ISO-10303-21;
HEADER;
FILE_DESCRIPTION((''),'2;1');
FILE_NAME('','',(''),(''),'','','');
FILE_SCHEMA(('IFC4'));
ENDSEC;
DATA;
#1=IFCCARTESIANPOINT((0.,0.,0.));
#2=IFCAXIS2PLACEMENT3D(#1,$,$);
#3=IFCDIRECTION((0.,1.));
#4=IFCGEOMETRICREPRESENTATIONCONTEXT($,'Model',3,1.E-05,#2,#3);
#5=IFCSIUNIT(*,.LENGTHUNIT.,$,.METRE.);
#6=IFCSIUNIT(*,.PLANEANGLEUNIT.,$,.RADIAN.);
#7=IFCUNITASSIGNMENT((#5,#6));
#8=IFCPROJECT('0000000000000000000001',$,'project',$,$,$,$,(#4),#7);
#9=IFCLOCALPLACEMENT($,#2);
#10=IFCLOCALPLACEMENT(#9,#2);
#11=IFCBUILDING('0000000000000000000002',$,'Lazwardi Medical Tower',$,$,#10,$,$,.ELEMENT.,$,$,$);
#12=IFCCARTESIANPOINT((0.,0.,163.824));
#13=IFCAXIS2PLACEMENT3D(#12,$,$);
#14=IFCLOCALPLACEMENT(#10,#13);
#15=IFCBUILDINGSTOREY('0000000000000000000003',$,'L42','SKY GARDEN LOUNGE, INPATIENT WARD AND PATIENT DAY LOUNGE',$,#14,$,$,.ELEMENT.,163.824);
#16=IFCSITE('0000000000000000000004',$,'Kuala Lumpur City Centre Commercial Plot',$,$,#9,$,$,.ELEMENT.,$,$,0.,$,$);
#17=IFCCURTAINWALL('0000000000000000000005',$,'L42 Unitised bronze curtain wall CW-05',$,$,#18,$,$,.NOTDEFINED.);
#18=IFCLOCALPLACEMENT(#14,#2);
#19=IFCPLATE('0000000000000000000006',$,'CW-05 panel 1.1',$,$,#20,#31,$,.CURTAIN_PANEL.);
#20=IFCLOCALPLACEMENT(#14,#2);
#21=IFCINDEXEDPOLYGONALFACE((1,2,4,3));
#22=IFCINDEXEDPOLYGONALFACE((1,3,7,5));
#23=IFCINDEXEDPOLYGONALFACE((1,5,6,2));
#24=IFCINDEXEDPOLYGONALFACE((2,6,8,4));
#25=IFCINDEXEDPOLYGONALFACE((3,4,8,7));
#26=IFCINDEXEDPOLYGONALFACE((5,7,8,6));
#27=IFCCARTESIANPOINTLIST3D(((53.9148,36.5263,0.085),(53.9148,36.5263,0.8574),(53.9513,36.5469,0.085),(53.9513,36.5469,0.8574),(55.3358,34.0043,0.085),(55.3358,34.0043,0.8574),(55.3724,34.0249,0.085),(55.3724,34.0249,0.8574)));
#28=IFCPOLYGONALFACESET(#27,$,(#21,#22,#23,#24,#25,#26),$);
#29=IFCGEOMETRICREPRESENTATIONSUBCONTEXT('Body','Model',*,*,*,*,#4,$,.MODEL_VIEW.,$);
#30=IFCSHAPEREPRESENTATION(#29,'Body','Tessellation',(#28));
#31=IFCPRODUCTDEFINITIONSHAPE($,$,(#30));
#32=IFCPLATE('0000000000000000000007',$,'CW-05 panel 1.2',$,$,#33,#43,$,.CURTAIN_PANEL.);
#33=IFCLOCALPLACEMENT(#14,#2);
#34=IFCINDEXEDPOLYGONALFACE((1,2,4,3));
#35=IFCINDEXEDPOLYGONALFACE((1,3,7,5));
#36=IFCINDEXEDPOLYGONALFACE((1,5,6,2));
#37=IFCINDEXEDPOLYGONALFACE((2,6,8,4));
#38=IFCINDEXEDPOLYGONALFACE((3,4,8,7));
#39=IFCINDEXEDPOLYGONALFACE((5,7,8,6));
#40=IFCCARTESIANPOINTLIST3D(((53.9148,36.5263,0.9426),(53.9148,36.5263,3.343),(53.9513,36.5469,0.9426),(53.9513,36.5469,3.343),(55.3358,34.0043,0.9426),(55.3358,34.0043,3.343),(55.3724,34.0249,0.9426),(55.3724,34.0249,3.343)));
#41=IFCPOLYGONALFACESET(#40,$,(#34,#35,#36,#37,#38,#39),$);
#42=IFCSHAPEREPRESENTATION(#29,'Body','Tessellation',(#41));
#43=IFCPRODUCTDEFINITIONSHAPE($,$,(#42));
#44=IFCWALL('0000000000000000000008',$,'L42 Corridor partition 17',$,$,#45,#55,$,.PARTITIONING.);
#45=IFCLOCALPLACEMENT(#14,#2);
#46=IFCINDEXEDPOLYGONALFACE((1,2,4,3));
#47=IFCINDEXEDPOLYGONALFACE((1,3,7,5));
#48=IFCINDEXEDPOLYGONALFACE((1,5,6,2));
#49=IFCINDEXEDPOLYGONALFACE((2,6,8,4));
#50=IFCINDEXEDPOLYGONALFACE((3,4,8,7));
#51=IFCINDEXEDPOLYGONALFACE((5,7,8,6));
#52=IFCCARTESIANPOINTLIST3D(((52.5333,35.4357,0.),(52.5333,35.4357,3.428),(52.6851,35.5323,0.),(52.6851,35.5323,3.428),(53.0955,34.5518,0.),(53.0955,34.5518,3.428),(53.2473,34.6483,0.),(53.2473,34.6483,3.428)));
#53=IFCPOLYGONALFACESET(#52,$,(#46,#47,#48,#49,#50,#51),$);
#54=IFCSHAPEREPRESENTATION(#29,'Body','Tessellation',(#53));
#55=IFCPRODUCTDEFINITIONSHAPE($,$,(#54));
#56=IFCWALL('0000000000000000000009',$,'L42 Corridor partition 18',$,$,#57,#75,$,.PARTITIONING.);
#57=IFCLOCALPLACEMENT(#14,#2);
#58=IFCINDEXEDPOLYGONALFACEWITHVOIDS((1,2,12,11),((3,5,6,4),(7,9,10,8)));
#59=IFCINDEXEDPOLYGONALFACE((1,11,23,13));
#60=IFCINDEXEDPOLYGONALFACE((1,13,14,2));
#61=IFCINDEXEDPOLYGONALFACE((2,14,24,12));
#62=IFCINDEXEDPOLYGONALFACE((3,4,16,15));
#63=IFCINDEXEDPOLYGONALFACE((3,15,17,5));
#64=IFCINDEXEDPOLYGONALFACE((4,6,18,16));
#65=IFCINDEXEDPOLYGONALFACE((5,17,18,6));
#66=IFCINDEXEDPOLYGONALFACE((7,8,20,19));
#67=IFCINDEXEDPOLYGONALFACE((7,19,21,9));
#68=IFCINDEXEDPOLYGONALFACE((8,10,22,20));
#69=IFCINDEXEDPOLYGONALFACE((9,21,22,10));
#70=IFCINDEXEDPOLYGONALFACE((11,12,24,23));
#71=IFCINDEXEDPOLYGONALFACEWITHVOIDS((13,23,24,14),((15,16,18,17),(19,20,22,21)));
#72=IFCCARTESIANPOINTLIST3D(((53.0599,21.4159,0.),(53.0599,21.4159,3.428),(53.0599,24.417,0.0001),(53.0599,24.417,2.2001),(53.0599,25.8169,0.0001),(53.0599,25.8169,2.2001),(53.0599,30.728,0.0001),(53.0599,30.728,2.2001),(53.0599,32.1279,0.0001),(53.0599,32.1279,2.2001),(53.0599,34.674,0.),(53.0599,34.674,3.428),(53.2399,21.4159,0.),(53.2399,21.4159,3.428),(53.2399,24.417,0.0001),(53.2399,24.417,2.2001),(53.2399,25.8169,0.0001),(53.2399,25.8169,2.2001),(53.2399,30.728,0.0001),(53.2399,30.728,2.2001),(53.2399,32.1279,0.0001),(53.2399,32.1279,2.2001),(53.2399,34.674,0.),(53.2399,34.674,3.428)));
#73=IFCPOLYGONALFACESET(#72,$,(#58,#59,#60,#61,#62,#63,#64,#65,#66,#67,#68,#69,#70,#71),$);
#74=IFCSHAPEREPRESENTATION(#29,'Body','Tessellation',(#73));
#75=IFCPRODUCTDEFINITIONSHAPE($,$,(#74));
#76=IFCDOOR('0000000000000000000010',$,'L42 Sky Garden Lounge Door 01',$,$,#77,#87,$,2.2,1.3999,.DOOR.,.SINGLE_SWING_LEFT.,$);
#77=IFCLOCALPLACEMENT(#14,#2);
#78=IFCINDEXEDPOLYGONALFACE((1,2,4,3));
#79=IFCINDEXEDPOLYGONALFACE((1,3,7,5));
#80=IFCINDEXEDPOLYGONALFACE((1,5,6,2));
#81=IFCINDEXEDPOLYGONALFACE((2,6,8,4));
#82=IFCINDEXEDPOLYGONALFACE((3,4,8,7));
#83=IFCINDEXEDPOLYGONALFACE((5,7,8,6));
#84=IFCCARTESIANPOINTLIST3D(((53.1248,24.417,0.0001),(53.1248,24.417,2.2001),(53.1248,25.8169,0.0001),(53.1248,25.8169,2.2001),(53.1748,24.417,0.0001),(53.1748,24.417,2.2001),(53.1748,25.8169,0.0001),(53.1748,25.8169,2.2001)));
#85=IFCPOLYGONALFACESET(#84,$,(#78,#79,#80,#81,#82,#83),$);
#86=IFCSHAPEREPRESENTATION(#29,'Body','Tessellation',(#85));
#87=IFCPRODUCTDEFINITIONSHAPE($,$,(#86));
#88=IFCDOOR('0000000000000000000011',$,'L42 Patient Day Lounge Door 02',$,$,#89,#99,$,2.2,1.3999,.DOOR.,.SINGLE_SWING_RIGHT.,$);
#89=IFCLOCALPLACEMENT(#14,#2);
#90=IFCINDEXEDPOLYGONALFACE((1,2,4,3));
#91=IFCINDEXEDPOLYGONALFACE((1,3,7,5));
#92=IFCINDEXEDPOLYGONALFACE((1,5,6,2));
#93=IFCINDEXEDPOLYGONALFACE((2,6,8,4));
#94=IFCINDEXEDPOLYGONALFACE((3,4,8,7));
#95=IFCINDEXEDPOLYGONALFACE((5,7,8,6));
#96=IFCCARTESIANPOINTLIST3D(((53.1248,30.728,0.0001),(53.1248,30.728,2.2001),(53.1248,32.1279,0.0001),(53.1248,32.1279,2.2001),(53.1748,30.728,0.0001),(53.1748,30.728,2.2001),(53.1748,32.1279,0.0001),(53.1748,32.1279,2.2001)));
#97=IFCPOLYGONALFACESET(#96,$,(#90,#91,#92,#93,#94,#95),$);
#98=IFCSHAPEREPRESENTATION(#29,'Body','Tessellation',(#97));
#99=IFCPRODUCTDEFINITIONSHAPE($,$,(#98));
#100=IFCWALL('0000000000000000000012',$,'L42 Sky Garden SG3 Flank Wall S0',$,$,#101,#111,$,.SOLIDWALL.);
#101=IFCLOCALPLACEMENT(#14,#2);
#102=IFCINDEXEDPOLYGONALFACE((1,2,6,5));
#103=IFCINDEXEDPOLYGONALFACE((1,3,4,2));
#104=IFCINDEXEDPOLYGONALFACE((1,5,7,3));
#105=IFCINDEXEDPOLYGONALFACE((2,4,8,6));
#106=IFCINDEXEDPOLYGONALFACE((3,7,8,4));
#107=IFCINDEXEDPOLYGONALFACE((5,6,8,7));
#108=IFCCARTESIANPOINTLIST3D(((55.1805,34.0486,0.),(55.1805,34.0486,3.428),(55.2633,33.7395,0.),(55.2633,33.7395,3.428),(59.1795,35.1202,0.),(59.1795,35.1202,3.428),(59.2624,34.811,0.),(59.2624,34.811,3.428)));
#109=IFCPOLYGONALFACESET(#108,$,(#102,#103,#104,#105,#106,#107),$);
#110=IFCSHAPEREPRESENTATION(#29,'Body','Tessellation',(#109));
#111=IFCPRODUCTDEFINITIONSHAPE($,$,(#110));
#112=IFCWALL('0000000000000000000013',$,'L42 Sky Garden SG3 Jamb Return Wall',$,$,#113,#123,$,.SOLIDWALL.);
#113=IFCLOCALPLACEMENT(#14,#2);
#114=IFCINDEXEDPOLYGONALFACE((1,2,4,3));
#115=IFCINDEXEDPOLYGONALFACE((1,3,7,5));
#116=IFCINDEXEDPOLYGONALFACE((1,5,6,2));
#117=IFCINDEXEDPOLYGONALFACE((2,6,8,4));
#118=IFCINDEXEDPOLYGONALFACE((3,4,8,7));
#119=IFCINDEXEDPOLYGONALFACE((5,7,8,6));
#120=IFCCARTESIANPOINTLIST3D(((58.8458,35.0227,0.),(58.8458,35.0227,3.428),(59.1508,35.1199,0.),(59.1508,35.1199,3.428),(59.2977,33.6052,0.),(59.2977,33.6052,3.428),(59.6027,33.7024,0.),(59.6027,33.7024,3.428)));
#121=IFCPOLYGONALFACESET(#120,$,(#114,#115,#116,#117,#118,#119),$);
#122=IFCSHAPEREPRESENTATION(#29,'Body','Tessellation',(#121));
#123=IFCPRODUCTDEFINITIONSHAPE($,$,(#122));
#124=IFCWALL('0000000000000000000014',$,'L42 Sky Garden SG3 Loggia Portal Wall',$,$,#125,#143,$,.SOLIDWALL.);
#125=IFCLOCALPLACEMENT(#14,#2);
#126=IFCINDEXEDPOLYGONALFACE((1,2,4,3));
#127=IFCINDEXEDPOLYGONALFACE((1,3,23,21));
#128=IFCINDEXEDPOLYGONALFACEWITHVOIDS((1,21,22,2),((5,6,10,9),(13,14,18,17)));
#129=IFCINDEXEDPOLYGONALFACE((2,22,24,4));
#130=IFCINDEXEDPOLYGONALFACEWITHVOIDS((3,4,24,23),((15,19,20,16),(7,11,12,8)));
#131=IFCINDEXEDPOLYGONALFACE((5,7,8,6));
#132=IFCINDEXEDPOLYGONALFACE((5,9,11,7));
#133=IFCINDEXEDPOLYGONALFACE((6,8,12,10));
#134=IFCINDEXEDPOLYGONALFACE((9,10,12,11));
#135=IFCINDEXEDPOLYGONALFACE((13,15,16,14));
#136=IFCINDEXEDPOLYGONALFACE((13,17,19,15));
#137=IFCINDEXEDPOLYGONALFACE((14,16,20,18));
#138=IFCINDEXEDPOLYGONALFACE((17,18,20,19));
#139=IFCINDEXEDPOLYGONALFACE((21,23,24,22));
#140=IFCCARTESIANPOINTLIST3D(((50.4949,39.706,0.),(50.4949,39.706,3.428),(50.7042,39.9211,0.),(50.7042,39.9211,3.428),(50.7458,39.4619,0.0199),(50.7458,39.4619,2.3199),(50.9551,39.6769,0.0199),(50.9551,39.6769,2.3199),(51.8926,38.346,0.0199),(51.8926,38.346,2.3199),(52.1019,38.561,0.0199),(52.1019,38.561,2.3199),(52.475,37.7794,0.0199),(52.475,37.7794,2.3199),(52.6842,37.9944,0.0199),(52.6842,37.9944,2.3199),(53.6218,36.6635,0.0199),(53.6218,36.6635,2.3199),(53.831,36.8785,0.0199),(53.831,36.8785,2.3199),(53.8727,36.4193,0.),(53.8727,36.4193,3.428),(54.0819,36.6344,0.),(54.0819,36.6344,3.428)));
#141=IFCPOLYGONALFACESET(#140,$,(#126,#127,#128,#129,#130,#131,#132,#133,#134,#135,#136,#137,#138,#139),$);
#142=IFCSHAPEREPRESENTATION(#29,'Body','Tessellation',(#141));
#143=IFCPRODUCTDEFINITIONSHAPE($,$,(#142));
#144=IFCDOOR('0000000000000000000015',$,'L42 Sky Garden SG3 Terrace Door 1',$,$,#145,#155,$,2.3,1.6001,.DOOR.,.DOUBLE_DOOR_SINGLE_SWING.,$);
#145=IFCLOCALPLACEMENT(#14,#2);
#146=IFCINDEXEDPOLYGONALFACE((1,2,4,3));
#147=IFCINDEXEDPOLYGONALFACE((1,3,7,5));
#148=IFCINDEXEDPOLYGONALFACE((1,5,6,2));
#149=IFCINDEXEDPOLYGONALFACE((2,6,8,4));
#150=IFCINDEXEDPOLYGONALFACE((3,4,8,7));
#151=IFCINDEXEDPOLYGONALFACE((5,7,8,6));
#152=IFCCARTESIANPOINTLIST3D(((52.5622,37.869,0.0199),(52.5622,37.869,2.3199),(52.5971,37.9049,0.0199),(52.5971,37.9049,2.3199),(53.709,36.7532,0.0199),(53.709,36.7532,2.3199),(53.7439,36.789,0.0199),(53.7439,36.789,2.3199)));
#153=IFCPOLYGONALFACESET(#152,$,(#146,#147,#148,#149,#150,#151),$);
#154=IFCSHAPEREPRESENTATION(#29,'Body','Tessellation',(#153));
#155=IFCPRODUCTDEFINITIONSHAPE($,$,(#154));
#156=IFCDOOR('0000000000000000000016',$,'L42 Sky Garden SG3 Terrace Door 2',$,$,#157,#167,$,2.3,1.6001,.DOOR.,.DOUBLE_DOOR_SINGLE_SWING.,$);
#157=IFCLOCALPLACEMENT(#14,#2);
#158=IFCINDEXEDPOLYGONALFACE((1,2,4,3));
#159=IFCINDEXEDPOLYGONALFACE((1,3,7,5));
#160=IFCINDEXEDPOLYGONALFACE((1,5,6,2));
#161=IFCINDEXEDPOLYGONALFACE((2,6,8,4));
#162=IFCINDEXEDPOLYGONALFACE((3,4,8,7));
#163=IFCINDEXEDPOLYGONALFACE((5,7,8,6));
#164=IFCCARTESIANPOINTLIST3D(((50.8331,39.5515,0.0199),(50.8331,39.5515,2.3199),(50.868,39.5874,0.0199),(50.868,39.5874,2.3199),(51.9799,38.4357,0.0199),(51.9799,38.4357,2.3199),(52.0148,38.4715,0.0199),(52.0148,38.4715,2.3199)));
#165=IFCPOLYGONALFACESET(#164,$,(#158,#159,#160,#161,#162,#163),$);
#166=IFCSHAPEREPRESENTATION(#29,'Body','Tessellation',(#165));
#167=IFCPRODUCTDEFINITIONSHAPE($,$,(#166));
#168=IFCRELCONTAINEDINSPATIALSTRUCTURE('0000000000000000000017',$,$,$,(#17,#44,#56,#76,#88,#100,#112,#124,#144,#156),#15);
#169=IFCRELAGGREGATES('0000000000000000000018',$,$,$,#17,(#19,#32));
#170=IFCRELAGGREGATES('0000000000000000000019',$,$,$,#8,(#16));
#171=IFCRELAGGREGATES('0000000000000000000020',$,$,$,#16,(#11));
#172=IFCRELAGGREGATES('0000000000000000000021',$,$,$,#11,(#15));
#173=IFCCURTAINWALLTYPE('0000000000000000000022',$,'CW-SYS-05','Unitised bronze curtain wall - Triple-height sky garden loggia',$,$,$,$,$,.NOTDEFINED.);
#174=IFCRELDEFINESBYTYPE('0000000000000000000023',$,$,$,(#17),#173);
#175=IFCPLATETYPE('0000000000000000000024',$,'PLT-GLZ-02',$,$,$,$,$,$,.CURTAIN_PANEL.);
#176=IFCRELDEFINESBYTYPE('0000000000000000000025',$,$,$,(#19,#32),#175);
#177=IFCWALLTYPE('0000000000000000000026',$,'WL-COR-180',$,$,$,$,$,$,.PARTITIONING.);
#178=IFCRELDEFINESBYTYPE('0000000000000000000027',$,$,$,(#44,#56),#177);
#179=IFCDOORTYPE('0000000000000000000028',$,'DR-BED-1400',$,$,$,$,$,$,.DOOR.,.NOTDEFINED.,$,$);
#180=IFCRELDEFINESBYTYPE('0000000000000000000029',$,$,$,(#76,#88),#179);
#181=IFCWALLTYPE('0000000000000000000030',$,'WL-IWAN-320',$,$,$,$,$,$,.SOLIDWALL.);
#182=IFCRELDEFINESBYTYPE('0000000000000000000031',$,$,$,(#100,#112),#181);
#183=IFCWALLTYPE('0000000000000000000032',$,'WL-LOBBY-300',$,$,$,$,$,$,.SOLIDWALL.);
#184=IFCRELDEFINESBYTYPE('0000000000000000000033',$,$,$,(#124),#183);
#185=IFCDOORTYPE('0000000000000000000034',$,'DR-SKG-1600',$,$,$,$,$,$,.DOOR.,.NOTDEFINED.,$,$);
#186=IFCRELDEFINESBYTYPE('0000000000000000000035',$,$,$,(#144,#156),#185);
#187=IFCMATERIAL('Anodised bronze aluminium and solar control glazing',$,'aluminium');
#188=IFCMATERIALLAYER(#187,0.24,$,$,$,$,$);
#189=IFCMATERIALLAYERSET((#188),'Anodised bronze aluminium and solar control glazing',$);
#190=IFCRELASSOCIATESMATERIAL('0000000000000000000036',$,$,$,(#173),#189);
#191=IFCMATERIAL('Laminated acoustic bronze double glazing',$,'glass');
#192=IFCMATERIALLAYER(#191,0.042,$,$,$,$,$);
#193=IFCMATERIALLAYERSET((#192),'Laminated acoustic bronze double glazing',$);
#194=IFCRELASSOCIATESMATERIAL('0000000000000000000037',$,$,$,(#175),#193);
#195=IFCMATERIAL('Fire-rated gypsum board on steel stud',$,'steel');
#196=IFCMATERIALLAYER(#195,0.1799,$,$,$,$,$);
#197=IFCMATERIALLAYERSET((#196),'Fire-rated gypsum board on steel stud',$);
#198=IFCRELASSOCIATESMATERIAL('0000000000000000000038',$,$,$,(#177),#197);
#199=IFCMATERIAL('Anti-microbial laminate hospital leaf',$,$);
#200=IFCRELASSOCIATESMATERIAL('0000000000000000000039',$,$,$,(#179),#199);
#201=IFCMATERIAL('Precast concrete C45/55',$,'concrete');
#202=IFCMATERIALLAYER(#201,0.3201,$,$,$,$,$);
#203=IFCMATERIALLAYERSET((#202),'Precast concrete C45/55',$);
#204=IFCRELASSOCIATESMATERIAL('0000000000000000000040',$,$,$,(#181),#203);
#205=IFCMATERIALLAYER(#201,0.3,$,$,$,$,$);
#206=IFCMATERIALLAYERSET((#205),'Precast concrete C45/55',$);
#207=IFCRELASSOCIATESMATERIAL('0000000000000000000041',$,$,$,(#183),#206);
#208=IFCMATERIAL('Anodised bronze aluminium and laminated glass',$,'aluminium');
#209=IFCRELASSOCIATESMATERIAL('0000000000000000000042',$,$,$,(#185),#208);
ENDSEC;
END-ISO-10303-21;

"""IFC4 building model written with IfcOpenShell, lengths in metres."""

from ifc_helpers import new_model, si_unit, direction, frame, frame_2d, origin, origin_2d, place, context, subcontext, project, spatial, rectangle, extrude, material, layer, layer_set, type_object, element, fill, aggregate, save


model = new_model("IFC4")

# Units and contexts
model_context = context("Model", 3, precision=1e-05, world=origin(), true_north=direction((0.0, 1.0)))
body_context = subcontext(model_context, "Body", "Model", "MODEL_VIEW")
ifc_project = project(units=[si_unit("LENGTHUNIT", "METRE"), si_unit("PLANEANGLEUNIT", "RADIAN")], contexts=[model_context])

# Site, building, storey
site_placement = place(None, origin())
site = spatial("IfcSite", under=ifc_project, at=site_placement, Name="Kuala Lumpur City Centre Commercial Plot", CompositionType="ELEMENT", RefElevation=0.0)
building_placement = place(site_placement, origin())
building = spatial("IfcBuilding", under=site, at=building_placement, Name="Lazwardi Medical Tower", CompositionType="ELEMENT")
storey_placement = place(building_placement, frame((0.0, 0.0, 163.824)))
storey = spatial("IfcBuildingStorey", under=building, at=storey_placement, Name="L42", Description="SKY GARDEN LOUNGE, INPATIENT WARD AND PATIENT DAY LOUNGE", CompositionType="ELEMENT", Elevation=163.824)

# Shared definitions
ifc_material_1 = material(Name="Anodised bronze aluminium and solar control glazing", Category="aluminium")

# Curtain wall
ifc_layer_1 = layer(ifc_material_1, 0.24)
ifc_layer_set_1 = layer_set([ifc_layer_1], Name="Anodised bronze aluminium and solar control glazing")
curtain_wall_type_1 = type_object("IfcCurtainWallType", Name="CW-SYS-05", Description="Unitised bronze curtain wall - Triple-height sky garden loggia", PredefinedType="NOTDEFINED", material=ifc_layer_set_1)
curtain_wall_1_placement = place(storey_placement, origin())
curtain_wall_1 = element("IfcCurtainWall", 1, at=curtain_wall_1_placement, inside=storey, type_object=curtain_wall_type_1, Name="L42 Unitised bronze curtain wall CW-05", PredefinedType="NOTDEFINED")

# Plates
ifc_material_2 = material(Name="Laminated acoustic bronze double glazing", Category="glass")
ifc_layer_2 = layer(ifc_material_2, 0.042)
ifc_layer_set_2 = layer_set([ifc_layer_2], Name="Laminated acoustic bronze double glazing")
plate_type_1 = type_object("IfcPlateType", Name="PLT-GLZ-02", PredefinedType="CURTAIN_PANEL", material=ifc_layer_set_2)
plate_1_placement = place(storey_placement, frame((54.6436, 35.2756, 0.085), z_axis=(0.0, 0.0, 1.0), x_axis=(-0.490887, 0.871223, 0.0)))
plate_1 = element("IfcPlate", 2, at=plate_1_placement, type_object=plate_type_1, Name="CW-05 panel 1.1", PredefinedType="CURTAIN_PANEL", context=body_context, shape_type="SweptSolid", body=[
    extrude(rectangle(XDim=2.8948, YDim=0.042, at=origin_2d()), origin(), (0.0, 0.0, 1.0), 0.7725),
])
plate_2_placement = place(storey_placement, frame((54.6436, 35.2756, 0.9426), z_axis=(0.0, 0.0, 1.0), x_axis=(-0.490887, 0.871223, 0.0)))
plate_2 = element("IfcPlate", 3, at=plate_2_placement, type_object=plate_type_1, Name="CW-05 panel 1.2", PredefinedType="CURTAIN_PANEL", context=body_context, shape_type="SweptSolid", body=[
    extrude(rectangle(XDim=2.8948, YDim=0.042, at=origin_2d()), origin(), (0.0, 0.0, 1.0), 2.4004),
])
aggregate(curtain_wall_1, [plate_1, plate_2])

# Wall
ifc_material_3 = material(Name="Fire-rated gypsum board on steel stud", Category="steel")
ifc_layer_3 = layer(ifc_material_3, 0.1799)
ifc_layer_set_3 = layer_set([ifc_layer_3], Name="Fire-rated gypsum board on steel stud")
wall_type_1 = type_object("IfcWallType", Name="WL-COR-180", PredefinedType="PARTITIONING", material=ifc_layer_set_3)
wall_1_placement = place(storey_placement, frame((52.6091, 35.4841, 0.0), z_axis=(0.0, 0.0, 1.0), x_axis=(0.536664, -0.843796, 0.0)))
element("IfcWall", 4, at=wall_1_placement, inside=storey, type_object=wall_type_1, Name="L42 Corridor partition 17", PredefinedType="PARTITIONING", context=body_context, shape_type="SweptSolid", body=[
    extrude(rectangle(XDim=1.0476, YDim=0.1799, at=frame_2d((0.5239, 0.0))), origin(), (0.0, 0.0, 1.0), 3.428),
])

# Wall, openings, doors
wall_2_placement = place(storey_placement, frame((53.1499, 34.6738, 0.0), z_axis=(0.0, 0.0, 1.0), x_axis=(0.0, -1.0, 0.0)))
wall_2 = element("IfcWall", 5, at=wall_2_placement, inside=storey, type_object=wall_type_1, Name="L42 Corridor partition 18", PredefinedType="PARTITIONING", context=body_context, shape_type="SweptSolid", body=[
    extrude(rectangle(XDim=13.2581, YDim=0.1799, at=frame_2d((6.6289, 0.0))), origin(), (0.0, 0.0, 1.0), 3.428),
])
opening_1_placement = place(wall_2_placement, frame((8.8569, 0.0, 0.0)))
opening_1 = element("IfcOpeningElement", 6, at=opening_1_placement, cuts=wall_2, PredefinedType="OPENING", context=body_context, shape_type="SweptSolid", body=[
    extrude(rectangle(XDim=1.3999, YDim=2.2, at=frame_2d((0.7, 1.1001))), frame((0.0, 0.0999, 0.0), z_axis=(0.0, -1.0, 0.0), x_axis=(1.0, 0.0, 0.0)), (0.0, 0.0, 1.0), 0.2),
])
opening_2_placement = place(wall_2_placement, frame((2.5459, 0.0, 0.0)))
opening_2 = element("IfcOpeningElement", 7, at=opening_2_placement, cuts=wall_2, PredefinedType="OPENING", context=body_context, shape_type="SweptSolid", body=[
    extrude(rectangle(XDim=1.3999, YDim=2.2, at=frame_2d((0.7, 1.1001))), frame((0.0, 0.0999, 0.0), z_axis=(0.0, -1.0, 0.0), x_axis=(1.0, 0.0, 0.0)), (0.0, 0.0, 1.0), 0.2),
])
ifc_material_4 = material(Name="Anti-microbial laminate hospital leaf")
door_type_1 = type_object("IfcDoorType", Name="DR-BED-1400", OperationType="NOTDEFINED", PredefinedType="DOOR", material=ifc_material_4)
door_1_placement = place(opening_1_placement, origin())
door_1 = element("IfcDoor", 8, at=door_1_placement, inside=storey, type_object=door_type_1, Name="L42 Sky Garden Lounge Door 01", OperationType="SINGLE_SWING_LEFT", OverallHeight=2.2, OverallWidth=1.3999, PredefinedType="DOOR", context=body_context, shape_type="SweptSolid", body=[
    extrude(rectangle(XDim=1.3999, YDim=2.2, at=frame_2d((0.7, 1.1001))), frame((0.0, 0.0249, 0.0), z_axis=(0.0, -1.0, 0.0), x_axis=(1.0, 0.0, 0.0)), (0.0, 0.0, 1.0), 0.05),
])
fill(opening_1, door_1)
door_2_placement = place(opening_2_placement, origin())
door_2 = element("IfcDoor", 9, at=door_2_placement, inside=storey, type_object=door_type_1, Name="L42 Patient Day Lounge Door 02", OperationType="SINGLE_SWING_RIGHT", OverallHeight=2.2, OverallWidth=1.3999, PredefinedType="DOOR", context=body_context, shape_type="SweptSolid", body=[
    extrude(rectangle(XDim=1.3999, YDim=2.2, at=frame_2d((0.7, 1.1001))), frame((0.0, 0.0249, 0.0), z_axis=(0.0, -1.0, 0.0), x_axis=(1.0, 0.0, 0.0)), (0.0, 0.0, 1.0), 0.05),
])
fill(opening_2, door_2)

# Walls
ifc_material_5 = material(Name="Precast concrete C45/55", Category="concrete")
ifc_layer_4 = layer(ifc_material_5, 0.3201)
ifc_layer_set_4 = layer_set([ifc_layer_4], Name="Precast concrete C45/55")
wall_type_2 = type_object("IfcWallType", Name="WL-IWAN-320", PredefinedType="SOLIDWALL", material=ifc_layer_set_4)
wall_3_placement = place(storey_placement, frame((59.2209, 34.9656, 0.0), z_axis=(0.0, 0.0, 1.0), x_axis=(-0.965926, -0.258819, 0.0)))
element("IfcWall", 10, at=wall_3_placement, inside=storey, type_object=wall_type_2, Name="L42 Sky Garden SG3 Flank Wall S0", PredefinedType="SOLIDWALL", context=body_context, shape_type="SweptSolid", body=[
    extrude(rectangle(XDim=4.1401, YDim=0.3201, at=frame_2d((2.0701, 0.0))), origin(), (0.0, 0.0, 1.0), 3.428),
])
wall_4_placement = place(storey_placement, frame((59.4502, 33.6538, 0.0), z_axis=(0.0, 0.0, 1.0), x_axis=(-0.303745, 0.952753, 0.0)))
element("IfcWall", 11, at=wall_4_placement, inside=storey, type_object=wall_type_2, Name="L42 Sky Garden SG3 Jamb Return Wall", PredefinedType="SOLIDWALL", context=body_context, shape_type="SweptSolid", body=[
    extrude(rectangle(XDim=1.4878, YDim=0.3201, at=frame_2d((0.7439, 0.0))), origin(), (0.0, 0.0, 1.0), 3.428),
])

# Wall, openings, doors
ifc_layer_5 = layer(ifc_material_5, 0.3)
ifc_layer_set_5 = layer_set([ifc_layer_5], Name="Precast concrete C45/55")
wall_type_3 = type_object("IfcWallType", Name="WL-LOBBY-300", PredefinedType="SOLIDWALL", material=ifc_layer_set_5)
wall_5_placement = place(storey_placement, frame((53.9773, 36.5269, 0.0), z_axis=(0.0, 0.0, 1.0), x_axis=(-0.716702, 0.697379, 0.0)))
wall_5 = element("IfcWall", 12, at=wall_5_placement, inside=storey, type_object=wall_type_3, Name="L42 Sky Garden SG3 Loggia Portal Wall", PredefinedType="SOLIDWALL", context=body_context, shape_type="SweptSolid", body=[
    extrude(rectangle(XDim=4.7129, YDim=0.3, at=frame_2d((2.3564, 0.0))), origin(), (0.0, 0.0, 1.0), 3.428),
])
opening_3_placement = place(wall_5_placement, frame((0.3501, 0.0, 0.02)))
opening_3 = element("IfcOpeningElement", 13, at=opening_3_placement, cuts=wall_5, PredefinedType="OPENING", context=body_context, shape_type="SweptSolid", body=[
    extrude(rectangle(XDim=1.6001, YDim=2.3, at=frame_2d((0.8, 1.1499))), frame((0.0, 0.1599, 0.0), z_axis=(0.0, -1.0, 0.0), x_axis=(1.0, 0.0, 0.0)), (0.0, 0.0, 1.0), 0.3201),
])
opening_4_placement = place(wall_5_placement, frame((2.7627, 0.0, 0.02)))
opening_4 = element("IfcOpeningElement", 14, at=opening_4_placement, cuts=wall_5, PredefinedType="OPENING", context=body_context, shape_type="SweptSolid", body=[
    extrude(rectangle(XDim=1.6001, YDim=2.3, at=frame_2d((0.8, 1.1499))), frame((0.0, 0.1599, 0.0), z_axis=(0.0, -1.0, 0.0), x_axis=(1.0, 0.0, 0.0)), (0.0, 0.0, 1.0), 0.3201),
])
ifc_material_6 = material(Name="Anodised bronze aluminium and laminated glass", Category="aluminium")
door_type_2 = type_object("IfcDoorType", Name="DR-SKG-1600", OperationType="NOTDEFINED", PredefinedType="DOOR", material=ifc_material_6)
door_3_placement = place(opening_3_placement, origin())
door_3 = element("IfcDoor", 15, at=door_3_placement, inside=storey, type_object=door_type_2, Name="L42 Sky Garden SG3 Terrace Door 1", OperationType="DOUBLE_DOOR_SINGLE_SWING", OverallHeight=2.3, OverallWidth=1.6001, PredefinedType="DOOR", context=body_context, shape_type="SweptSolid", body=[
    extrude(rectangle(XDim=1.6001, YDim=2.3, at=frame_2d((0.8, 1.1499))), frame((0.0, 0.0249, 0.0), z_axis=(0.0, -1.0, 0.0), x_axis=(1.0, 0.0, 0.0)), (0.0, 0.0, 1.0), 0.05),
])
fill(opening_3, door_3)
door_4_placement = place(opening_4_placement, origin())
door_4 = element("IfcDoor", 16, at=door_4_placement, inside=storey, type_object=door_type_2, Name="L42 Sky Garden SG3 Terrace Door 2", OperationType="DOUBLE_DOOR_SINGLE_SWING", OverallHeight=2.3, OverallWidth=1.6001, PredefinedType="DOOR", context=body_context, shape_type="SweptSolid", body=[
    extrude(rectangle(XDim=1.6001, YDim=2.3, at=frame_2d((0.8, 1.1499))), frame((0.0, 0.0249, 0.0), z_axis=(0.0, -1.0, 0.0), x_axis=(1.0, 0.0, 0.0)), (0.0, 0.0, 1.0), 0.05),
])
fill(opening_4, door_4)

save(model, "model.ifc")
